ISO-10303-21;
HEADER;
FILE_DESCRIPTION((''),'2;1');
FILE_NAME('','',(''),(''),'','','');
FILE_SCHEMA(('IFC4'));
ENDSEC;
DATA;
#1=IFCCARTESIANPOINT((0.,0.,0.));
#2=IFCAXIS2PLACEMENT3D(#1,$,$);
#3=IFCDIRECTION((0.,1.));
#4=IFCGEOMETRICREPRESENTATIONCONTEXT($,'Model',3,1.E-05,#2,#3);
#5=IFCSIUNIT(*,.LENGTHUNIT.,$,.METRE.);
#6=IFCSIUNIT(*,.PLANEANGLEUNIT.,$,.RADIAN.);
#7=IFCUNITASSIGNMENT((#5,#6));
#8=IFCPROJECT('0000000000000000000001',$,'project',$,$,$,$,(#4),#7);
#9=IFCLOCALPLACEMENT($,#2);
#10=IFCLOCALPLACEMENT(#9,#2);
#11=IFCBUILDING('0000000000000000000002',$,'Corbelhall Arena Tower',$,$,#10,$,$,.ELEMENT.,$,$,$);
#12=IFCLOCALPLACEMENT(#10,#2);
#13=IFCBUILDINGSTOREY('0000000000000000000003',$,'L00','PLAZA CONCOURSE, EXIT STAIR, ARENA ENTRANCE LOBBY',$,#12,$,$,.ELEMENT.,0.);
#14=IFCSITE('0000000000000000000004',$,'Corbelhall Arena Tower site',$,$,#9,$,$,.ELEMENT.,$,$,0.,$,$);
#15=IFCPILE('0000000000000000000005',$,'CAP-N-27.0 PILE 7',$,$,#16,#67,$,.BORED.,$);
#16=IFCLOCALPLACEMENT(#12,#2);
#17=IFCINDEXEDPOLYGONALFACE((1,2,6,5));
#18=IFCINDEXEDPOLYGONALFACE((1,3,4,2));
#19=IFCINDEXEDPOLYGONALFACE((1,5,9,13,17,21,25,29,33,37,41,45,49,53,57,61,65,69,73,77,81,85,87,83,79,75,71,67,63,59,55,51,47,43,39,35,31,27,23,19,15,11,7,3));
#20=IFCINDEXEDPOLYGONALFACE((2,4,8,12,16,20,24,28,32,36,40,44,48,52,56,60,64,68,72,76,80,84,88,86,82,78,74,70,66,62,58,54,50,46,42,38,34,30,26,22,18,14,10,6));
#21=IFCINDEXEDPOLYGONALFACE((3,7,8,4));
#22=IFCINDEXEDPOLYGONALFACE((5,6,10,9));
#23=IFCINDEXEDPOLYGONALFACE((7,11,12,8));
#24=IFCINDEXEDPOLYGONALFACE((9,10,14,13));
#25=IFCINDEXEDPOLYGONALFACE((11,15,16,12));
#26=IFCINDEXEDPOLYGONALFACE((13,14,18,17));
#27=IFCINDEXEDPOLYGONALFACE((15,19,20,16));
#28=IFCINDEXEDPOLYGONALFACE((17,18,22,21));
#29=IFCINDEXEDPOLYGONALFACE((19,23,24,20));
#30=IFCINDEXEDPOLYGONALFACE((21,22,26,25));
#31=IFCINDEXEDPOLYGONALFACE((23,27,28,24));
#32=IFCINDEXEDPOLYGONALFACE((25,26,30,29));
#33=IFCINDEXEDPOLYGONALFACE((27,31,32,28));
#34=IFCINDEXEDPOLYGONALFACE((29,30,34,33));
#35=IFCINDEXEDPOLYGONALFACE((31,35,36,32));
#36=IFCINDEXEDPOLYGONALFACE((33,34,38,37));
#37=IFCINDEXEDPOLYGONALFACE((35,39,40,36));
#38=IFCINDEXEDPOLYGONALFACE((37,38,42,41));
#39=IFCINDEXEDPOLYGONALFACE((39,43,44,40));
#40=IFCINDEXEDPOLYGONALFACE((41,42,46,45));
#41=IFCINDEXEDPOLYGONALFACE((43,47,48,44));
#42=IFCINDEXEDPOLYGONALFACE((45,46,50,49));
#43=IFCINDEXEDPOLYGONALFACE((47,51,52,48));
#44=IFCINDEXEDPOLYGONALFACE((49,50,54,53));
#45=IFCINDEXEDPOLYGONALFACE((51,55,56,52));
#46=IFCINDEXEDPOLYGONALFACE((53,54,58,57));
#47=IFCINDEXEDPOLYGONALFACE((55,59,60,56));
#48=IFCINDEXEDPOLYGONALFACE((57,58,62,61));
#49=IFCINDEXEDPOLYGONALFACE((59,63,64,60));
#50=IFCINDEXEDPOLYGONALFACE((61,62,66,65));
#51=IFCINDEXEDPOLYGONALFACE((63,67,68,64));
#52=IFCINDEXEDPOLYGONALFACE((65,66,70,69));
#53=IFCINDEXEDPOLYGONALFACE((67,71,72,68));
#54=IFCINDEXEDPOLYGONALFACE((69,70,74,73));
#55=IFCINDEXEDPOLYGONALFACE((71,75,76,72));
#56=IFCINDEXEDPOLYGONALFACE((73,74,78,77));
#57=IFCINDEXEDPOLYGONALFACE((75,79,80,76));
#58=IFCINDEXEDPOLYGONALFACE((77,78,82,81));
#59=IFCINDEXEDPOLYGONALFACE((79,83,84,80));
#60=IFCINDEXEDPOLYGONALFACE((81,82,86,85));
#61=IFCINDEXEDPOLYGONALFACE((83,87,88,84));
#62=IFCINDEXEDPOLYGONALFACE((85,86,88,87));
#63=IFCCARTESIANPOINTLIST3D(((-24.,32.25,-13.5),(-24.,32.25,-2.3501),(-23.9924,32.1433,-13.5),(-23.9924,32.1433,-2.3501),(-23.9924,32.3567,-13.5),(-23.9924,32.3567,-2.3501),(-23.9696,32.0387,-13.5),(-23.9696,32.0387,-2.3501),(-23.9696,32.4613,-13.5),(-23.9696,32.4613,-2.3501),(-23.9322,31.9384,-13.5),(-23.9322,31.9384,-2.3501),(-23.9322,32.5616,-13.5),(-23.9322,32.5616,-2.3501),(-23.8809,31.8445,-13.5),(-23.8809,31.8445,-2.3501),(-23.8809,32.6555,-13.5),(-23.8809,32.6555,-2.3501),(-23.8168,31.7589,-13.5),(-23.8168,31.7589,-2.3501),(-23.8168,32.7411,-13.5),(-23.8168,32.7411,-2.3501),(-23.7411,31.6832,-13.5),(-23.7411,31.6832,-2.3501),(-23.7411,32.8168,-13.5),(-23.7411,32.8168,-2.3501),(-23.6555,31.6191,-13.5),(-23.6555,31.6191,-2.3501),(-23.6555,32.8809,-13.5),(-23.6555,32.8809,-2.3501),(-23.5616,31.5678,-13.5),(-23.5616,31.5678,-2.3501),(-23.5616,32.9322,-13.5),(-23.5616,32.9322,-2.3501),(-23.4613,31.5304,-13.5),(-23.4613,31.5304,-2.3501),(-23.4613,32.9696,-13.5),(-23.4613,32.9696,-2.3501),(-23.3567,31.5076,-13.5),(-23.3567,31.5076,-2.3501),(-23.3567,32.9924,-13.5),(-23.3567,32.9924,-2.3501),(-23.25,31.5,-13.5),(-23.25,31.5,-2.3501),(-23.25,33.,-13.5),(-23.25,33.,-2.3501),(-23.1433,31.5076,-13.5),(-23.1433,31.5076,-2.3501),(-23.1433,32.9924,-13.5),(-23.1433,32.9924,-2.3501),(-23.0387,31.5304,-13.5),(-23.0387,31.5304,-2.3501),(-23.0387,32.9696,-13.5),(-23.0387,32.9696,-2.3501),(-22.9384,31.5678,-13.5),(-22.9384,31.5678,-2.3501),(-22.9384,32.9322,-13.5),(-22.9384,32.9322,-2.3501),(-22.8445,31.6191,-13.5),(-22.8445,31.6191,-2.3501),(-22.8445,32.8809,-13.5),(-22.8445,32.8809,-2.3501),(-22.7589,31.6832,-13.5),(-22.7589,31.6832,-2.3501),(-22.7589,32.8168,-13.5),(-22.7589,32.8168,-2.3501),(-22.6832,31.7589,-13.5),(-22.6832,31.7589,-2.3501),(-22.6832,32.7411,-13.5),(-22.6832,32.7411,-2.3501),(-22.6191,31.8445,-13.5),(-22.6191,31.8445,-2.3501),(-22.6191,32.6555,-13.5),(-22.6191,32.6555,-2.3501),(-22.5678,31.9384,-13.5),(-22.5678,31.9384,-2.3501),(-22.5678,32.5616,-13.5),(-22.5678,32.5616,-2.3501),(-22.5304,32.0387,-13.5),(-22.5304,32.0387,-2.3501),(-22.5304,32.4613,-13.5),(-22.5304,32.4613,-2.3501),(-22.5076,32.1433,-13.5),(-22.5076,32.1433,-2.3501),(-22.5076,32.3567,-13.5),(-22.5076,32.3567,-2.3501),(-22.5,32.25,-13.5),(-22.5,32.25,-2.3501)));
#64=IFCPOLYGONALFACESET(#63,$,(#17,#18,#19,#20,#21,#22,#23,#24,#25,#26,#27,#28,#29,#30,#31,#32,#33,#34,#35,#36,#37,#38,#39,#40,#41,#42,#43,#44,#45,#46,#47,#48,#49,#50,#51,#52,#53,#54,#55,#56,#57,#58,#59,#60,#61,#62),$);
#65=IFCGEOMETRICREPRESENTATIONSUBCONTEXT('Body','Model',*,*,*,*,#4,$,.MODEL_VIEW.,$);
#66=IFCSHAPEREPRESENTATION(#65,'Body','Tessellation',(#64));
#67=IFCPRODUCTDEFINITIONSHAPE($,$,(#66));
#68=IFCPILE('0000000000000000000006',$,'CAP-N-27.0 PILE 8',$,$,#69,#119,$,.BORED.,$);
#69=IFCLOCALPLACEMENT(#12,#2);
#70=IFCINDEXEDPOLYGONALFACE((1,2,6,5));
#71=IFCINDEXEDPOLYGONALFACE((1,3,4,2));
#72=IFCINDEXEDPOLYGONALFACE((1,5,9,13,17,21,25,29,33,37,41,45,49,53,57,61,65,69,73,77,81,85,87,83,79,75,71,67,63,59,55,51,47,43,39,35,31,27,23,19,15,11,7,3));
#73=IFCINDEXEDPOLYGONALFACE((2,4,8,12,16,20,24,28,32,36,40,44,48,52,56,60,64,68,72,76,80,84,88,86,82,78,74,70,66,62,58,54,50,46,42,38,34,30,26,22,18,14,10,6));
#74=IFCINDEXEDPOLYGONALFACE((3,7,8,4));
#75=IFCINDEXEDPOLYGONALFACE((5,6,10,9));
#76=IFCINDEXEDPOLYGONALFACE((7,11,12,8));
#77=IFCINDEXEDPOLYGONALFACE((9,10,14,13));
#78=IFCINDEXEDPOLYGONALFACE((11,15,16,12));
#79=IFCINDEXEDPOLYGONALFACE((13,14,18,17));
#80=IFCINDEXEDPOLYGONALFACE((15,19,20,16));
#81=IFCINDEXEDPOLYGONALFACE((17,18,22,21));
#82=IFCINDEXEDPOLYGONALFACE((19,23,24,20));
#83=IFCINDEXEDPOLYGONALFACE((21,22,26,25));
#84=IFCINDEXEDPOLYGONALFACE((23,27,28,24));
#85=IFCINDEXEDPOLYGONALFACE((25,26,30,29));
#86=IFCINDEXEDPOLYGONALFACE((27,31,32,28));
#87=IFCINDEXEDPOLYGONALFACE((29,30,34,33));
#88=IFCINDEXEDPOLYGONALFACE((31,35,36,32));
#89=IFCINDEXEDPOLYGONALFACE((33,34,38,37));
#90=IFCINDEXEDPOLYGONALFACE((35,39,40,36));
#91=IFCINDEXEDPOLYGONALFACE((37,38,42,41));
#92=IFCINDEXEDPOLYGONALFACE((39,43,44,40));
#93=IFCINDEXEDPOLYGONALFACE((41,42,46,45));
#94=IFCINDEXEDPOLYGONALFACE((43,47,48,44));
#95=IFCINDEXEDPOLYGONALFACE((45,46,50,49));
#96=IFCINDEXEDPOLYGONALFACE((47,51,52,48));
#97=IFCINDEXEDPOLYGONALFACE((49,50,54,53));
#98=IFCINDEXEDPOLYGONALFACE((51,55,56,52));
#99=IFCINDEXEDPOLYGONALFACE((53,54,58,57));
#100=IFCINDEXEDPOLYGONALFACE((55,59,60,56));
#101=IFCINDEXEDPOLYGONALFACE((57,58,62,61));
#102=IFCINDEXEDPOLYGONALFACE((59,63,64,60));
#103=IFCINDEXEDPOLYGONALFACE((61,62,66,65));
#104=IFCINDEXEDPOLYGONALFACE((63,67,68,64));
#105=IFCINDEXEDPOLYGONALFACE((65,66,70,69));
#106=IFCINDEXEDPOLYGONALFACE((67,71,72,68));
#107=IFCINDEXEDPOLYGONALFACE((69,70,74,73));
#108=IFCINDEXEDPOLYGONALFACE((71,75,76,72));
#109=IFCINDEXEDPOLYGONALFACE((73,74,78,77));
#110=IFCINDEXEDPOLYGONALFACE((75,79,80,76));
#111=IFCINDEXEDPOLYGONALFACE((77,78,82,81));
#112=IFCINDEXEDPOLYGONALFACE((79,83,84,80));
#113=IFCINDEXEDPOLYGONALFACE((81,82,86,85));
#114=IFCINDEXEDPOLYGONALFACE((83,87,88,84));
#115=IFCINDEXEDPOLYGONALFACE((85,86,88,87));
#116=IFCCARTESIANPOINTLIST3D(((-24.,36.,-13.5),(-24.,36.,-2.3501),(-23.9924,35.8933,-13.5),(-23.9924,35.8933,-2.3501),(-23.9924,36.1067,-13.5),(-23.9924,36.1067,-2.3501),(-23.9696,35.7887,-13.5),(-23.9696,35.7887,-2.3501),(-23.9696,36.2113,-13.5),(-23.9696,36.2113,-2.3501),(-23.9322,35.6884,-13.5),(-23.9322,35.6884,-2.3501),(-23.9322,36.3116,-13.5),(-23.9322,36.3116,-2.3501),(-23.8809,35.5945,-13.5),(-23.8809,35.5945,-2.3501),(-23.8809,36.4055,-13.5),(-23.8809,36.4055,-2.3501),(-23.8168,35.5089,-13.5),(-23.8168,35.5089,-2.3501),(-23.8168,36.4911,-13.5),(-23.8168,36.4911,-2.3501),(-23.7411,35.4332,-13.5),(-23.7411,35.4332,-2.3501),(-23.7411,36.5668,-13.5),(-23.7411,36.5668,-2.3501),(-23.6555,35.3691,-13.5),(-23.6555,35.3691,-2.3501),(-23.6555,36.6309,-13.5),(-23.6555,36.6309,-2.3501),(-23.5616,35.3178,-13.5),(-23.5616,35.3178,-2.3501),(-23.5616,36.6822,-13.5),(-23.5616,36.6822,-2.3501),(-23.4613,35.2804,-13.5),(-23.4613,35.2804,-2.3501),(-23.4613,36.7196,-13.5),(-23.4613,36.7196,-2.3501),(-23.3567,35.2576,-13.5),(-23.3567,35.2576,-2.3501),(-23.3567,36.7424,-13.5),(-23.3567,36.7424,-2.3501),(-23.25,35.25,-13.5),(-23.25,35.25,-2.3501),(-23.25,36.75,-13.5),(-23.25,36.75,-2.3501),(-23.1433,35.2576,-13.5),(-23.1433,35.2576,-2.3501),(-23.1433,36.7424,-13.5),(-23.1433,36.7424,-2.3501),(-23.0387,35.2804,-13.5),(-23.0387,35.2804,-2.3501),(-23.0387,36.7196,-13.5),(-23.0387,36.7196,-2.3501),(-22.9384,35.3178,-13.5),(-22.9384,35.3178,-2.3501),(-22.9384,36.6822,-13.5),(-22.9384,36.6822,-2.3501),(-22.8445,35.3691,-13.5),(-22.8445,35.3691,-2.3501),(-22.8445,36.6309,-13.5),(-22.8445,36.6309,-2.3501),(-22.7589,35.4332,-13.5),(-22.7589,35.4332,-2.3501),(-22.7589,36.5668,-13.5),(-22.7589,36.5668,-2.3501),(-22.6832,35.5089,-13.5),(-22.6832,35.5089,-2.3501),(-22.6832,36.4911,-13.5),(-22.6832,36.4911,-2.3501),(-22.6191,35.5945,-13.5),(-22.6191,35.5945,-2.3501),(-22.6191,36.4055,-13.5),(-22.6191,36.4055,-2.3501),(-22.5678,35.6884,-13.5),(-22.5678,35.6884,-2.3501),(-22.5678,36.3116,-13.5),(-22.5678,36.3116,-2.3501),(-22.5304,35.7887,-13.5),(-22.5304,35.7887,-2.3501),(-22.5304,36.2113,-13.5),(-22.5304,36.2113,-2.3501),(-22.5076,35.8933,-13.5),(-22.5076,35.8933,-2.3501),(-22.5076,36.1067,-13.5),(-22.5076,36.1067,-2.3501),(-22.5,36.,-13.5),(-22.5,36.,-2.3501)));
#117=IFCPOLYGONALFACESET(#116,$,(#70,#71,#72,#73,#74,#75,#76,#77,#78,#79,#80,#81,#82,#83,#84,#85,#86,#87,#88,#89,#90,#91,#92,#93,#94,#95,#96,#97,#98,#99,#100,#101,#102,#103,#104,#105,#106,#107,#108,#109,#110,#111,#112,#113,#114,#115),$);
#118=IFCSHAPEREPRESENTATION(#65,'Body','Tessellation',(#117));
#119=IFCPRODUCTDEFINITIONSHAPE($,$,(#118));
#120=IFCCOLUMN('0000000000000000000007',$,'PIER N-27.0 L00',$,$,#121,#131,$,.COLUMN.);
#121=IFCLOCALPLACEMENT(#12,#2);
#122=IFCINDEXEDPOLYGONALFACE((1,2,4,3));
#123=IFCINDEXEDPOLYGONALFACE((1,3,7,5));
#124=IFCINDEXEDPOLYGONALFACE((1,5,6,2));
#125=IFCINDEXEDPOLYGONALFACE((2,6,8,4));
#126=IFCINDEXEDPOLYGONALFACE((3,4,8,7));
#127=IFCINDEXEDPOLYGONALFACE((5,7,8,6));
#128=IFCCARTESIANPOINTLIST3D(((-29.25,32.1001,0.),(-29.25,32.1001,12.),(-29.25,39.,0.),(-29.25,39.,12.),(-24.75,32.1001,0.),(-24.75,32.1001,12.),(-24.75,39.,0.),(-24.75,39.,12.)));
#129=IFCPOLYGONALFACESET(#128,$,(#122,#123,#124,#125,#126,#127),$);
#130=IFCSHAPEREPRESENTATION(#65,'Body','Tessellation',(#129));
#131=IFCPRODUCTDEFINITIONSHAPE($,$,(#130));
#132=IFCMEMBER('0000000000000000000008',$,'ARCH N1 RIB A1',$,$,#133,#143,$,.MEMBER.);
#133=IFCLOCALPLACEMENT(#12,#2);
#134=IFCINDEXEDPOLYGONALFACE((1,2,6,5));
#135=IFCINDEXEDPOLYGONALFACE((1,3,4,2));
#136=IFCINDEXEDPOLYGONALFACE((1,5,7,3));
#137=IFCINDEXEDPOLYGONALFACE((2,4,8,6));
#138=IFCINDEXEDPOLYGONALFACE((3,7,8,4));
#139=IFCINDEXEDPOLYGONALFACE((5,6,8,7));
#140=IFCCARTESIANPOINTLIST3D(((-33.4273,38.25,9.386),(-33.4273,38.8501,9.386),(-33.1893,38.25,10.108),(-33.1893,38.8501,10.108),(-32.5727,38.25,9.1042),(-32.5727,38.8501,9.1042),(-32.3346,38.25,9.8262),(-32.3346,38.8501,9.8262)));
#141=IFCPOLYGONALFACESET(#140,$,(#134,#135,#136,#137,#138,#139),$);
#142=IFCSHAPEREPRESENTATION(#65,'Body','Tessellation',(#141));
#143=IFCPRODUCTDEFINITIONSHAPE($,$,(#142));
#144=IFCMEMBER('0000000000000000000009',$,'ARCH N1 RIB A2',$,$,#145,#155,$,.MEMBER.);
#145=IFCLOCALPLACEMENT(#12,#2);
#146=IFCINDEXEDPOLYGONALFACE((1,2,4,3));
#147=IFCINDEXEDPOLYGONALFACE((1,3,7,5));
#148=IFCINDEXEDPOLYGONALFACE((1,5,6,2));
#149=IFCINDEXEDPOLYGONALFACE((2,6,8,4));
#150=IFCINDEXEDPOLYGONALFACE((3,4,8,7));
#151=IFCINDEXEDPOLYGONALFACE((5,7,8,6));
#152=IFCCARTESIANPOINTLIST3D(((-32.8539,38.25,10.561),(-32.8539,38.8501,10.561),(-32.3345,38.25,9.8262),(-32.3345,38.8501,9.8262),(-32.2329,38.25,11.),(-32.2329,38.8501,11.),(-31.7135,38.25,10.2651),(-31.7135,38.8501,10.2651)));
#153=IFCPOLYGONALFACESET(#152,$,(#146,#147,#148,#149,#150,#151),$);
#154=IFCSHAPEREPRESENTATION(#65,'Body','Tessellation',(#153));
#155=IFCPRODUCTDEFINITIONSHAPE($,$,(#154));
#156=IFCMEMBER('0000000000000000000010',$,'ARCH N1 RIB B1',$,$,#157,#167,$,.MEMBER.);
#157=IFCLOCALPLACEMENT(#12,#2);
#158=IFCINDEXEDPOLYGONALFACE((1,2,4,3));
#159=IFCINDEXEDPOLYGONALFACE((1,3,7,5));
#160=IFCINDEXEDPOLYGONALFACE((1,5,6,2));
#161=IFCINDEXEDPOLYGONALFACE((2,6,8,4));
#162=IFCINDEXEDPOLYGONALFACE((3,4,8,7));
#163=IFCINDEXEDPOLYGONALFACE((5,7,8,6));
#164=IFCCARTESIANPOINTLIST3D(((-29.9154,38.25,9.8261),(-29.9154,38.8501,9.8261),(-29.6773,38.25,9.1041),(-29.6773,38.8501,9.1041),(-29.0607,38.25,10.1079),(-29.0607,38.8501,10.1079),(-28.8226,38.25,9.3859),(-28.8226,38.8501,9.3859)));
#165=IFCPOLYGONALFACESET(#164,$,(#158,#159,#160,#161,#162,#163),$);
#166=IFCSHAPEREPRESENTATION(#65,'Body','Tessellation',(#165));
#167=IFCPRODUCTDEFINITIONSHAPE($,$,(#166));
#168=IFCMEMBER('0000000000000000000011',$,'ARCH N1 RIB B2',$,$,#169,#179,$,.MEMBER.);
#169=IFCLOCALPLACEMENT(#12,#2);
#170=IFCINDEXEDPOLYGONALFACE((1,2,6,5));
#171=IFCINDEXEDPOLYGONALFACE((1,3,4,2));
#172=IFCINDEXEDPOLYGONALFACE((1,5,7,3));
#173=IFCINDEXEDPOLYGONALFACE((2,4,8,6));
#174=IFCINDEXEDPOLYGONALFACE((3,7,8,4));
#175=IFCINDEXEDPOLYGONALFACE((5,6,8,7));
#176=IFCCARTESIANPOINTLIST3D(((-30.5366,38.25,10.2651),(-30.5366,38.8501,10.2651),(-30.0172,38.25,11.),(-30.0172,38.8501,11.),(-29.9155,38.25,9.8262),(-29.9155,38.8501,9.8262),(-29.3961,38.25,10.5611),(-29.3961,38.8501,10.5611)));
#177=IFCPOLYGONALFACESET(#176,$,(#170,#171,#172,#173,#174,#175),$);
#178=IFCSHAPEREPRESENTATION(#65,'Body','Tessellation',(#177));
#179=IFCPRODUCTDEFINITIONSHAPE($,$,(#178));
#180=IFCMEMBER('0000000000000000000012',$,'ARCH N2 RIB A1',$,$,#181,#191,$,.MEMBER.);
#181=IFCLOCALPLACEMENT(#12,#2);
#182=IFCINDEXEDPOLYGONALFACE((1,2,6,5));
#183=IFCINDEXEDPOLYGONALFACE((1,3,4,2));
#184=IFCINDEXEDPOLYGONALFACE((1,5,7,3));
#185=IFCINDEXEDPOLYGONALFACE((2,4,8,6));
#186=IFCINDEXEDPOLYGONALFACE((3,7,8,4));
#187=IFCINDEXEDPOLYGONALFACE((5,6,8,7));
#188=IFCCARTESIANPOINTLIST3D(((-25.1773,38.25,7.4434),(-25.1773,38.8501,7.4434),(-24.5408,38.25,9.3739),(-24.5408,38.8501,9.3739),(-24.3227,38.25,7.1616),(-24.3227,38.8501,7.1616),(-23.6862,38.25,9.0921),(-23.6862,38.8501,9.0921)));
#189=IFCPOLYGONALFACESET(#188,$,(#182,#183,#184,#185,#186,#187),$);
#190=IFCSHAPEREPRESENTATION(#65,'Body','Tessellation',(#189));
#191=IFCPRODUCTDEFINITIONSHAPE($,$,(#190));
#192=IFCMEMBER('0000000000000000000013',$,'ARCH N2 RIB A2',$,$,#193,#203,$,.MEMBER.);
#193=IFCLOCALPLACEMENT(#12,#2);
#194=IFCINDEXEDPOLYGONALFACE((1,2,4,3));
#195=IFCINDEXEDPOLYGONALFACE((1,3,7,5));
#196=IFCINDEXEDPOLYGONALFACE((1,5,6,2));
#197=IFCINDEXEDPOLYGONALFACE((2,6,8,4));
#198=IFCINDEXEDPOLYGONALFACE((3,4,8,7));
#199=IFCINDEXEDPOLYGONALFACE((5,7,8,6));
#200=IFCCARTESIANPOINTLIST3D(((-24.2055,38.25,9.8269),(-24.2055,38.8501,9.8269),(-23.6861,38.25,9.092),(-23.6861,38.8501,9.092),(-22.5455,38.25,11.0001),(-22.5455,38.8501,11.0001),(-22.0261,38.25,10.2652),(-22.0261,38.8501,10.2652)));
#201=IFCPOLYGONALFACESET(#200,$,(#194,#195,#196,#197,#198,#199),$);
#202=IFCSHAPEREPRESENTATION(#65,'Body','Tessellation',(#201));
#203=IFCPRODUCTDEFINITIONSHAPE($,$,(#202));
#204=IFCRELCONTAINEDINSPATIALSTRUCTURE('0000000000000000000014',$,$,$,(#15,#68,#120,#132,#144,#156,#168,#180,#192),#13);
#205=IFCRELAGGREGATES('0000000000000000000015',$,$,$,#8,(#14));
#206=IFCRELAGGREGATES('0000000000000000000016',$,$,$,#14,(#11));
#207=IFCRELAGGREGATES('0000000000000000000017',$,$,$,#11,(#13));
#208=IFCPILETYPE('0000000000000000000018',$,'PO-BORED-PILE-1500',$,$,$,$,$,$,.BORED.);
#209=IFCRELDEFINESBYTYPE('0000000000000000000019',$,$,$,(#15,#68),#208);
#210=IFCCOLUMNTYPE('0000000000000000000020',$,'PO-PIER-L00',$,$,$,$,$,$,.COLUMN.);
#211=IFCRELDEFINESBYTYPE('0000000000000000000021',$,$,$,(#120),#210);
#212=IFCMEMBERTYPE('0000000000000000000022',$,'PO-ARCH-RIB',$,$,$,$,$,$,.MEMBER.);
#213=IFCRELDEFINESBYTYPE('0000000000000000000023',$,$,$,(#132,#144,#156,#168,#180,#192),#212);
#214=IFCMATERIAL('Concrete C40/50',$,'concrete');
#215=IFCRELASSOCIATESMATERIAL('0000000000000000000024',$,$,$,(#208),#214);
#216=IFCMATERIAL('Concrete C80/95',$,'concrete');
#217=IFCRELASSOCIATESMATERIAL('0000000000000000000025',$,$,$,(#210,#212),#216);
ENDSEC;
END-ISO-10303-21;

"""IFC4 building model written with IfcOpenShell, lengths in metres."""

from ifc_helpers import new_model, si_unit, direction, frame, origin, origin_2d, place, context, subcontext, project, spatial, rectangle, circle, extrude, material, material_profile, profile_set, type_object, element, save


model = new_model("IFC4")

# Units and contexts
model_context = context("Model", 3, precision=1e-05, world=origin(), true_north=direction((0.0, 1.0)))
body_context = subcontext(model_context, "Body", "Model", "MODEL_VIEW")
ifc_project = project(units=[si_unit("LENGTHUNIT", "METRE"), si_unit("PLANEANGLEUNIT", "RADIAN")], contexts=[model_context])

# Site, building, storey
site_placement = place(None, origin())
site = spatial("IfcSite", under=ifc_project, at=site_placement, Name="Corbelhall Arena Tower site", CompositionType="ELEMENT", RefElevation=0.0)
building_placement = place(site_placement, origin())
building = spatial("IfcBuilding", under=site, at=building_placement, Name="Corbelhall Arena Tower", CompositionType="ELEMENT")
storey_placement = place(building_placement, origin())
storey = spatial("IfcBuildingStorey", under=building, at=storey_placement, Name="L00", Description="PLAZA CONCOURSE, EXIT STAIR, ARENA ENTRANCE LOBBY", CompositionType="ELEMENT", Elevation=0.0)

# Piles
ifc_material_1 = material(Name="Concrete C40/50", Category="concrete")
ifc_material_profile_1 = material_profile(ifc_material_1, circle(Radius=0.75, at=origin_2d()))
ifc_profile_set_1 = profile_set([ifc_material_profile_1], Name="Concrete C40/50")
pile_type = type_object("IfcPileType", Name="PO-BORED-PILE-1500", PredefinedType="BORED", material=ifc_profile_set_1)
for number, where, z_axis, x_axis, name in (
    (1, (-23.25, 32.25, -2.3501), (0.0, 0.0, -1.0), (1.0, 0.0, 0.0), "CAP-N-27.0 PILE 7"),
    (2, (-23.25, 36.0, -2.3501), (0.0, 0.0, -1.0), (1.0, 0.0, 0.0), "CAP-N-27.0 PILE 8"),
):
    element("IfcPile", number, at=place(storey_placement, frame(where, z_axis=z_axis, x_axis=x_axis)), inside=storey, type_object=pile_type, Name=name, PredefinedType="BORED", context=body_context, shape_type="SweptSolid", body=[
        extrude(circle(Radius=0.75, at=origin_2d()), origin(), (0.0, 0.0, 1.0), 11.1499),
    ])

# Column
ifc_material_2 = material(Name="Concrete C80/95", Category="concrete")
ifc_material_profile_2 = material_profile(ifc_material_2, rectangle(XDim=4.5, YDim=6.8999, at=origin_2d()))
ifc_profile_set_2 = profile_set([ifc_material_profile_2], Name="Concrete C80/95")
column_type = type_object("IfcColumnType", Name="PO-PIER-L00", PredefinedType="COLUMN", material=ifc_profile_set_2)
column_placement = place(storey_placement, frame((-27.0, 35.55, 0.0), z_axis=(0.0, 0.0, 1.0), x_axis=(1.0, 0.0, 0.0)))
element("IfcColumn", 3, at=column_placement, inside=storey, type_object=column_type, Name="PIER N-27.0 L00", PredefinedType="COLUMN", context=body_context, shape_type="SweptSolid", body=[
    extrude(rectangle(XDim=4.5, YDim=6.8999, at=origin_2d()), origin(), (0.0, 0.0, 1.0), 12.0),
])

# Members
ifc_material_profile_3 = material_profile(ifc_material_2, rectangle(XDim=0.6001, YDim=0.8999, at=origin_2d()))
ifc_profile_set_3 = profile_set([ifc_material_profile_3], Name="Concrete C80/95")
member_type = type_object("IfcMemberType", Name="PO-ARCH-RIB", PredefinedType="MEMBER", material=ifc_profile_set_3)
member_1_placement = place(storey_placement, frame((-33.0, 38.55, 9.2451), z_axis=(0.313143, 0.0, 0.949706), x_axis=(0.0, 1.0, 0.0)))
element("IfcMember", 4, at=member_1_placement, inside=storey, type_object=member_type, Name="ARCH N1 RIB A1", PredefinedType="MEMBER", context=body_context, shape_type="SweptSolid", body=[
    extrude(rectangle(XDim=0.6001, YDim=0.8999, at=origin_2d()), origin(), (0.0, 0.0, 1.0), 0.7603),
])
member_2_placement = place(storey_placement, frame((-32.5942, 38.55, 10.1936), z_axis=(0.81663, 0.0, 0.577162), x_axis=(0.0, 1.0, 0.0)))
element("IfcMember", 5, at=member_2_placement, inside=storey, type_object=member_type, Name="ARCH N1 RIB A2", PredefinedType="MEMBER", context=body_context, shape_type="SweptSolid", body=[
    extrude(rectangle(XDim=0.6001, YDim=0.8999, at=origin_2d()), origin(), (0.0, 0.0, 1.0), 0.7605),
])
member_3_placement = place(storey_placement, frame((-29.488, 38.55, 9.967), z_axis=(0.313143, 0.0, -0.949706), x_axis=(0.0, 1.0, 0.0)))
element("IfcMember", 6, at=member_3_placement, inside=storey, type_object=member_type, Name="ARCH N1 RIB B1", PredefinedType="MEMBER", context=body_context, shape_type="SweptSolid", body=[
    extrude(rectangle(XDim=0.6001, YDim=0.8999, at=origin_2d()), origin(), (0.0, 0.0, 1.0), 0.7603),
])
member_4_placement = place(storey_placement, frame((-30.2769, 38.55, 10.6326), z_axis=(0.81663, 0.0, -0.577162), x_axis=(0.0, 1.0, 0.0)))
element("IfcMember", 7, at=member_4_placement, inside=storey, type_object=member_type, Name="ARCH N1 RIB B2", PredefinedType="MEMBER", context=body_context, shape_type="SweptSolid", body=[
    extrude(rectangle(XDim=0.6001, YDim=0.8999, at=origin_2d()), origin(), (0.0, 0.0, 1.0), 0.7605),
])
for number, where, z_axis, x_axis, name in (
    (8, (-24.75, 38.55, 7.3025), (0.313127, 0.0, 0.949711), (0.0, 1.0, 0.0), "ARCH N2 RIB A1"),
    (9, (-23.9458, 38.55, 9.4595), (0.816645, 0.0, 0.577141), (0.0, 1.0, 0.0), "ARCH N2 RIB A2"),
):
    element("IfcMember", number, at=place(storey_placement, frame(where, z_axis=z_axis, x_axis=x_axis)), inside=storey, type_object=member_type, Name=name, PredefinedType="MEMBER", context=body_context, shape_type="SweptSolid", body=[
        extrude(rectangle(XDim=0.6001, YDim=0.8999, at=origin_2d()), origin(), (0.0, 0.0, 1.0), 2.0327),
    ])

save(model, "model.ifc")
